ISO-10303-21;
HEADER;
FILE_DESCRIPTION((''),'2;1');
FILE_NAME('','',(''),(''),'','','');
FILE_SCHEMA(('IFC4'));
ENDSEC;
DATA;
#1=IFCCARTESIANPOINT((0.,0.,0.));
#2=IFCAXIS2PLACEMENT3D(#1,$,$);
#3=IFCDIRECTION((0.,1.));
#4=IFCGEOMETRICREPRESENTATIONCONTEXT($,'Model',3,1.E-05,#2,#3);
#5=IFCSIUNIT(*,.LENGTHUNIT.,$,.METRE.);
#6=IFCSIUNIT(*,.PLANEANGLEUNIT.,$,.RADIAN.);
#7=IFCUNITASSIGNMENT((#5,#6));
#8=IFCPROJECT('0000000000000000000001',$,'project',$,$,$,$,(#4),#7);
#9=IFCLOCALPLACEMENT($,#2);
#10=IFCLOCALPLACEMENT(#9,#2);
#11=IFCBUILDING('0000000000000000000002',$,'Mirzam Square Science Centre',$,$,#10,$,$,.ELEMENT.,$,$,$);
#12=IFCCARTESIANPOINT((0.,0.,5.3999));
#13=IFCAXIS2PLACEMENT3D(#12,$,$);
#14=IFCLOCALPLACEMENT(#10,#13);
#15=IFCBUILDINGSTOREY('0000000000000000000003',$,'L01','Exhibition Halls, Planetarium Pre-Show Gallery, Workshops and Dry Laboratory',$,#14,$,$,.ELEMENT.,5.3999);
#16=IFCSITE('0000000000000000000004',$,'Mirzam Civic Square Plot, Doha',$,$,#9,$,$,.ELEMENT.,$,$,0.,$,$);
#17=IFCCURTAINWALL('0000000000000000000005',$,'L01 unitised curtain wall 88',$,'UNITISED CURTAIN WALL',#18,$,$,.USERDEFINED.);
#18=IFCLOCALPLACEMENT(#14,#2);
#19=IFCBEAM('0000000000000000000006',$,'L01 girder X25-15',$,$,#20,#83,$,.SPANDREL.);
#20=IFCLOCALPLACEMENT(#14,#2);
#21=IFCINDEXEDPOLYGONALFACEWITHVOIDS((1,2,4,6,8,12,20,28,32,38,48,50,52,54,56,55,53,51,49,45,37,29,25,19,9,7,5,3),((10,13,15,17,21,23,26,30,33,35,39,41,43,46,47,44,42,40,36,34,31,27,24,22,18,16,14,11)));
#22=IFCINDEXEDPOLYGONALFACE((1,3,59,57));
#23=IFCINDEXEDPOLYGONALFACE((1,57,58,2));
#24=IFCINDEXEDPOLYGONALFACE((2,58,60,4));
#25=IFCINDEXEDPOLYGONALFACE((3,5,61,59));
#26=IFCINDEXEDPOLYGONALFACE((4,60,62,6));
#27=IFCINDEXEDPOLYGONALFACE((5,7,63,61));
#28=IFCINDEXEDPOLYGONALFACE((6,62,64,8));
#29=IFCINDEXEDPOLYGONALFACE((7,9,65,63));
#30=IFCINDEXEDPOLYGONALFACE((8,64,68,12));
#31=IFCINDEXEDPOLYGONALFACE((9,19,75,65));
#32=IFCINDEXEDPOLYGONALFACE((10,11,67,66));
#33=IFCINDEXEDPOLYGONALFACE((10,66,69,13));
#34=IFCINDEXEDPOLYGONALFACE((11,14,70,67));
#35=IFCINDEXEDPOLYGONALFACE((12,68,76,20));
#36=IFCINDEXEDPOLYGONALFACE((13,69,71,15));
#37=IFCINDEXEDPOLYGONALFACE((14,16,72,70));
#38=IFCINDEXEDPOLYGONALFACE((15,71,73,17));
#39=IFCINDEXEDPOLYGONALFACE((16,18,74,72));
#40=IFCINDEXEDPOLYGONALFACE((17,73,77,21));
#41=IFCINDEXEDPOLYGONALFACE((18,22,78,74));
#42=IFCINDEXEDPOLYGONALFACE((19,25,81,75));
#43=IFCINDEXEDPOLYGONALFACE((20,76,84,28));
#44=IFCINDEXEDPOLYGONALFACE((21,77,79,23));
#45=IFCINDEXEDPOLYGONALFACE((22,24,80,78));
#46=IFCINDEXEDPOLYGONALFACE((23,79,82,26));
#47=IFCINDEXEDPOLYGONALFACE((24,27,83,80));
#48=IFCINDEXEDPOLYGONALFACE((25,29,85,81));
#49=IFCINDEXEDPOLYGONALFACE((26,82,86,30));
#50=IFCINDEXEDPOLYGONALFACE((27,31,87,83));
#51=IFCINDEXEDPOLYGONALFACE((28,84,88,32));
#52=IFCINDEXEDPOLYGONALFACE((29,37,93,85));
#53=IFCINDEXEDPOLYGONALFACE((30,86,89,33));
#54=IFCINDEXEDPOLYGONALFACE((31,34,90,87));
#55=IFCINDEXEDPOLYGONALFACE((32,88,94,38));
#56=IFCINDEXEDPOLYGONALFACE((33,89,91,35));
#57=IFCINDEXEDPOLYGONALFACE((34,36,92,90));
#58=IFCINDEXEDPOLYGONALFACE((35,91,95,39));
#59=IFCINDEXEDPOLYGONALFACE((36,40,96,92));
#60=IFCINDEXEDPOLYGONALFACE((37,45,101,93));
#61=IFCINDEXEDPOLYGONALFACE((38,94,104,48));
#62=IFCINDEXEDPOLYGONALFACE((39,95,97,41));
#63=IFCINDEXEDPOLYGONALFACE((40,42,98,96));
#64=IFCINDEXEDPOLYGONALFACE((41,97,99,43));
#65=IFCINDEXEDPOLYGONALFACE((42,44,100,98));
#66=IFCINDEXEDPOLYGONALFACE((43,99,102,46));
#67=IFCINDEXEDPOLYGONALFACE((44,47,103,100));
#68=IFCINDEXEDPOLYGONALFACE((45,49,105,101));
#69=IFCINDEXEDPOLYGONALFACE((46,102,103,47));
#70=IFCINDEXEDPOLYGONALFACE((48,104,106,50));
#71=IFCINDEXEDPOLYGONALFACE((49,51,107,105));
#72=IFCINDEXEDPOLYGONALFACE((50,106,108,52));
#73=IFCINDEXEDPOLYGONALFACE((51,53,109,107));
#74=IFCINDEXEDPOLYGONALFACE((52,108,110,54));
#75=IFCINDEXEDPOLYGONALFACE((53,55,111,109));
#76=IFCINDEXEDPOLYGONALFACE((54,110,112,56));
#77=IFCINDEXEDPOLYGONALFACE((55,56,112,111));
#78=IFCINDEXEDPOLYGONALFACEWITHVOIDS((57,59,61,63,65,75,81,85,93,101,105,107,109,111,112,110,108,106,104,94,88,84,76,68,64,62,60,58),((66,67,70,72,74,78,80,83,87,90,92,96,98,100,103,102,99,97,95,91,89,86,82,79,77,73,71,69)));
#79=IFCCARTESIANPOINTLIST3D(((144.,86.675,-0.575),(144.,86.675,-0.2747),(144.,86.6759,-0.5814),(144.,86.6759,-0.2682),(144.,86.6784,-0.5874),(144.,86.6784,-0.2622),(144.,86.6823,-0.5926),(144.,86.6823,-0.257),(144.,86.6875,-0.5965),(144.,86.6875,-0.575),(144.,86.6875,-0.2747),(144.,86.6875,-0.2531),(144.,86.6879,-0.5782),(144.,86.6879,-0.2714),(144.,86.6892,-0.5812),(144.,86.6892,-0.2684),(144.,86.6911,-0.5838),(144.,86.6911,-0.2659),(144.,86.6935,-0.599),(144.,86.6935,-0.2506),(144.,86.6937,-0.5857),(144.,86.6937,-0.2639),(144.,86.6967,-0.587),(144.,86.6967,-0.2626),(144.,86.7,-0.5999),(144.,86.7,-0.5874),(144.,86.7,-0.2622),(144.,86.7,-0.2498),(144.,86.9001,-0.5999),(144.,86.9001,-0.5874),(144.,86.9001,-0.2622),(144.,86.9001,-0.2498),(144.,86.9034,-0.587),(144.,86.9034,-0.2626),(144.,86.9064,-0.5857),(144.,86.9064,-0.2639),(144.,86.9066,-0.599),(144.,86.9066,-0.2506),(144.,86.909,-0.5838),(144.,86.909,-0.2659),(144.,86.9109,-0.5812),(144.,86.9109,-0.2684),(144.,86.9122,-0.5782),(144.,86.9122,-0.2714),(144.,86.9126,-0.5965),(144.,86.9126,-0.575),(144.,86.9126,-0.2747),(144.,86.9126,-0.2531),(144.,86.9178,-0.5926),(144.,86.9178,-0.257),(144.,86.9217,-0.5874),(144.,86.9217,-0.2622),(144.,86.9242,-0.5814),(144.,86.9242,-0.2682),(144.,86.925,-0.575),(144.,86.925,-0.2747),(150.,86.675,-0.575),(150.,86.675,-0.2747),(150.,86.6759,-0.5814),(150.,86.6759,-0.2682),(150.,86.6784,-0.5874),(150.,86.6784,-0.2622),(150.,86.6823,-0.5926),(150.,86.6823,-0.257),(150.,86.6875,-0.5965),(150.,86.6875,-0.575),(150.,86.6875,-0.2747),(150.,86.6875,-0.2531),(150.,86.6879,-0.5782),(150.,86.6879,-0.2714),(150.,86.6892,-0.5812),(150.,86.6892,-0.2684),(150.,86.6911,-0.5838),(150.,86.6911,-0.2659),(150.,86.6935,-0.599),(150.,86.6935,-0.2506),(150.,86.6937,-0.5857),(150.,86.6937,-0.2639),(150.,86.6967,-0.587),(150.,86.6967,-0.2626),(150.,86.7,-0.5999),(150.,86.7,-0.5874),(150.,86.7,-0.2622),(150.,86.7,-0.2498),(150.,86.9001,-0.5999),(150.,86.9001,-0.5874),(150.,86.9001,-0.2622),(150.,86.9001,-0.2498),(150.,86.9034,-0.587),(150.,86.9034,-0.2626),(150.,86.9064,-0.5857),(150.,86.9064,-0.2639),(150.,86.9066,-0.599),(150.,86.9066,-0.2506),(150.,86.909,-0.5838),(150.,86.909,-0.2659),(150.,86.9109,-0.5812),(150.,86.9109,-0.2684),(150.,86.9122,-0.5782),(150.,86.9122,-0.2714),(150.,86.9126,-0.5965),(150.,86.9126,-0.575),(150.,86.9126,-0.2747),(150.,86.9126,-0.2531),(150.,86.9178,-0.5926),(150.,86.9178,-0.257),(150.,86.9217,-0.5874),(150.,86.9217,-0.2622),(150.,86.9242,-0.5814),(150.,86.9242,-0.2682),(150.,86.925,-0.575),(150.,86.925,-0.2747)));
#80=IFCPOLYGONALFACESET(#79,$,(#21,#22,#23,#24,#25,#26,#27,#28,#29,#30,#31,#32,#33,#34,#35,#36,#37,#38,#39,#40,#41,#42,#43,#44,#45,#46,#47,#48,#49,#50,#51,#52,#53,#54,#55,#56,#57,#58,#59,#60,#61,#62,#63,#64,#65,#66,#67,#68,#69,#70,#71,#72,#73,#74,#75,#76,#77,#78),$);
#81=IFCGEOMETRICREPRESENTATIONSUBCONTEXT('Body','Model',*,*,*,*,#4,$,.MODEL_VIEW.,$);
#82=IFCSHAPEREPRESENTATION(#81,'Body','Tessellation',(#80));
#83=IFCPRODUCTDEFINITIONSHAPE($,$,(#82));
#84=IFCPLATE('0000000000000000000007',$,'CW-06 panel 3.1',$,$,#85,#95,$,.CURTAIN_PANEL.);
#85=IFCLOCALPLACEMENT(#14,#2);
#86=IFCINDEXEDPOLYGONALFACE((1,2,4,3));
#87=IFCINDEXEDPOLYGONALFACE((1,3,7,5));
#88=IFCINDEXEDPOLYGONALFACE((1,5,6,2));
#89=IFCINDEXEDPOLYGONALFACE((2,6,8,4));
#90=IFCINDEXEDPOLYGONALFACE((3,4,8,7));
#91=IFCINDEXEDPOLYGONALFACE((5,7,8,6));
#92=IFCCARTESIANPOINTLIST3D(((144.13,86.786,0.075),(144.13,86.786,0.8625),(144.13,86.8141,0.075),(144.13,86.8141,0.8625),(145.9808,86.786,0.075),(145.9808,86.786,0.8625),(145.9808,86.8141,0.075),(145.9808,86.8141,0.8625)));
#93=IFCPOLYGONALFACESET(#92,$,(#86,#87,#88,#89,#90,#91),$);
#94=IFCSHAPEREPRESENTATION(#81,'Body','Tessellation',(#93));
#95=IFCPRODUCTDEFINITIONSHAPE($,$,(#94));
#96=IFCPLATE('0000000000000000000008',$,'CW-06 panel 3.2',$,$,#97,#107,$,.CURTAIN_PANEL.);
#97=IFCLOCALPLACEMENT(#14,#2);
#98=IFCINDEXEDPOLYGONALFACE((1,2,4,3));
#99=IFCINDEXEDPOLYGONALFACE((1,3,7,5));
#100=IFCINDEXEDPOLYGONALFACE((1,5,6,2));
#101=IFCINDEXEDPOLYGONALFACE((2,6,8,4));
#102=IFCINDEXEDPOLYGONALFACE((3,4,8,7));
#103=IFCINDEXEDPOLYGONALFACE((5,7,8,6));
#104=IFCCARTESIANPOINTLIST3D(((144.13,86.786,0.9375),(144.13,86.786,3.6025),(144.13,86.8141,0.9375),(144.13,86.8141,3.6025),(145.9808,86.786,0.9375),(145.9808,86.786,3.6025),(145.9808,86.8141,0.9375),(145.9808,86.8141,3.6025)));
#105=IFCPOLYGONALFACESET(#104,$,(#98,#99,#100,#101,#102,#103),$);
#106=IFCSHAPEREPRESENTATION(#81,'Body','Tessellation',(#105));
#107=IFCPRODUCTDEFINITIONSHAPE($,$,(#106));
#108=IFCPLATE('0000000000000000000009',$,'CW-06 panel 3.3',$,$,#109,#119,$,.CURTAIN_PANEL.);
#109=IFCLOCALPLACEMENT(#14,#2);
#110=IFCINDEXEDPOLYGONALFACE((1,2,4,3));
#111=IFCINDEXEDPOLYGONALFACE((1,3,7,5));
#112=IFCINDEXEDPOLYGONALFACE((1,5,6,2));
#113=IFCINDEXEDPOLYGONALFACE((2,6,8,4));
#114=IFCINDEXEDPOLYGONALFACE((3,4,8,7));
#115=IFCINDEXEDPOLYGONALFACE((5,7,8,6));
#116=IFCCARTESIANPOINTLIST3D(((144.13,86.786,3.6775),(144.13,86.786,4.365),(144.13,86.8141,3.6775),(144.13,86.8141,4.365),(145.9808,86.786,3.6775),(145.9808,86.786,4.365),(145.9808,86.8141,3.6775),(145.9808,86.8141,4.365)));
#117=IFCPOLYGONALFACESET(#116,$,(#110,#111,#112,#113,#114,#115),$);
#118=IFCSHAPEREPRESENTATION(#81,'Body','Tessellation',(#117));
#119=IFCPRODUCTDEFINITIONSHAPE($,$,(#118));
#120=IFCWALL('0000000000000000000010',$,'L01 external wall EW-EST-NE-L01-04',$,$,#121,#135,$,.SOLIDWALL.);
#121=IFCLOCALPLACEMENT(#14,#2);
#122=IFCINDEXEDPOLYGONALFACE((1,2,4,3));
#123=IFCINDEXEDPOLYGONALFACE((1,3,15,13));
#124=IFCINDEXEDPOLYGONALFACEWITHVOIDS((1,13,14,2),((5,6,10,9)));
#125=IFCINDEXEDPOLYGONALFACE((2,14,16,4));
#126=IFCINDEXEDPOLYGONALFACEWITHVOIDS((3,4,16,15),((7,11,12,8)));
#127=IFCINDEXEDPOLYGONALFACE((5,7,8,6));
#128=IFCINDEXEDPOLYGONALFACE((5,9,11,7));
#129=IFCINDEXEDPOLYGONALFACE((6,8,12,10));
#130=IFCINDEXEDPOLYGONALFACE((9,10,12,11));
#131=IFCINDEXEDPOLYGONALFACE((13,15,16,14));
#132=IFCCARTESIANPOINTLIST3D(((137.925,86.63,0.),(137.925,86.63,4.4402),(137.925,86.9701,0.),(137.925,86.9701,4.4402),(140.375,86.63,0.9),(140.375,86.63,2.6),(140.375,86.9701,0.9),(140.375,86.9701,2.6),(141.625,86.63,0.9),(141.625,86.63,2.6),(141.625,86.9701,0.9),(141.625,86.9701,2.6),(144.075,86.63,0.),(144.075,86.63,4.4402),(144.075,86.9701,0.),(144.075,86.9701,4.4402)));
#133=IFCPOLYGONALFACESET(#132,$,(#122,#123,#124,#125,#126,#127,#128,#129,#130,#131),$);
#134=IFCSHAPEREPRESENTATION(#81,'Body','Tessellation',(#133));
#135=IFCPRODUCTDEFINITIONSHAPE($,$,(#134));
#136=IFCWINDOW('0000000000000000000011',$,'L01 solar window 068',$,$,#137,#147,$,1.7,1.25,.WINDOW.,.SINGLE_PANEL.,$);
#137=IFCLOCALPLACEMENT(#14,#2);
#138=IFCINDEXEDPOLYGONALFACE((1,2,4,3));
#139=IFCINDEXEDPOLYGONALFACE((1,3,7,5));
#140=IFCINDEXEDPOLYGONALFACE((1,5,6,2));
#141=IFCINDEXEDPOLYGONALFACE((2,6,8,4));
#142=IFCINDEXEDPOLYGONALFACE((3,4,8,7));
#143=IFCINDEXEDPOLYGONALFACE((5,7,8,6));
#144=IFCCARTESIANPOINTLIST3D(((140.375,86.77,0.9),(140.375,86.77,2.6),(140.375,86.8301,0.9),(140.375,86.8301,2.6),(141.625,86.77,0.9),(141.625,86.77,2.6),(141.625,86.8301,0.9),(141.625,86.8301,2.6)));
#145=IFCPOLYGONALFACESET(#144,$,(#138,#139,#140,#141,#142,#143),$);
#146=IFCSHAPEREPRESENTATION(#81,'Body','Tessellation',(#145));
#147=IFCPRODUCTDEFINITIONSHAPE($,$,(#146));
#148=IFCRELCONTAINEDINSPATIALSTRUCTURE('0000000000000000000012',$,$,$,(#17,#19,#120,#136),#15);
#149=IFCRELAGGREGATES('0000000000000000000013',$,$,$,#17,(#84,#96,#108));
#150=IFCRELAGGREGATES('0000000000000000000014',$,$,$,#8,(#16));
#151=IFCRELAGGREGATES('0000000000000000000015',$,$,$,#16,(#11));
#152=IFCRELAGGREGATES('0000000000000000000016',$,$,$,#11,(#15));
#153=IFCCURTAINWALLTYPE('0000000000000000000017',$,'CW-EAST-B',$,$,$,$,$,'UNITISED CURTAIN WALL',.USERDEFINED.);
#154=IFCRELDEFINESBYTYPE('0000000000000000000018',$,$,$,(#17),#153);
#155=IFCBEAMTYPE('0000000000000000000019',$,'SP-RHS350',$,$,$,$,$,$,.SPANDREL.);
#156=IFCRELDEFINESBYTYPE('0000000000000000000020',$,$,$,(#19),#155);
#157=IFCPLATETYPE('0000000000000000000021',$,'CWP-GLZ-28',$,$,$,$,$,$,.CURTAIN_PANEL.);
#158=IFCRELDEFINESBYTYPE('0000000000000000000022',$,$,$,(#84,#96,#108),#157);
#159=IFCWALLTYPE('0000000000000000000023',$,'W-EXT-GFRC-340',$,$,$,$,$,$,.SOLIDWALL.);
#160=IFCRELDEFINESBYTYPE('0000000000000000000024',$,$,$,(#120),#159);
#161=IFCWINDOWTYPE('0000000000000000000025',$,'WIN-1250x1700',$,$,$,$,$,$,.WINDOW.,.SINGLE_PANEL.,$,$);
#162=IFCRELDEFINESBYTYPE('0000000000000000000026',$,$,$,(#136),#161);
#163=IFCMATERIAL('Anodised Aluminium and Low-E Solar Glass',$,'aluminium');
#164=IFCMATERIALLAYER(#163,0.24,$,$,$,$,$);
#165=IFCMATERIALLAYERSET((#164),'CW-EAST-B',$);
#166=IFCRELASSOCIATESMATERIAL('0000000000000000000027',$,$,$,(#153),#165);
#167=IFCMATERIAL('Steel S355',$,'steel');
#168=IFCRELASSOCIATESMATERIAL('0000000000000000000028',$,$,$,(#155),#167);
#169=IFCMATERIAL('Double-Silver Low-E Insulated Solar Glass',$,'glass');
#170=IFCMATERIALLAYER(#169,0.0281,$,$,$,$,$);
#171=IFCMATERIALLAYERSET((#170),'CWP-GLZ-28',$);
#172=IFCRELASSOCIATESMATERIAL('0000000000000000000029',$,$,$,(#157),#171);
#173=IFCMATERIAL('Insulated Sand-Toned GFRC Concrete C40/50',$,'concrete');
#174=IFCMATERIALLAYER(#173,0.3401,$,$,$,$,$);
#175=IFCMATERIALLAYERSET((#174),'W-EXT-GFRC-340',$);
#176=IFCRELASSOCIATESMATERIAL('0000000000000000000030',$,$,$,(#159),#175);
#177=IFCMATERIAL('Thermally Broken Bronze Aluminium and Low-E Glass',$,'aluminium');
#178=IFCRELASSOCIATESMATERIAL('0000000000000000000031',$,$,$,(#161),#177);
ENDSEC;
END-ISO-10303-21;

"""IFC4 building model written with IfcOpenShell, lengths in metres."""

from ifc_helpers import new_model, si_unit, direction, frame, frame_2d, origin, origin_2d, place, context, subcontext, project, spatial, rectangle, hollow_rectangle, extrude, material, layer, layer_set, material_profile, profile_set, type_object, element, fill, aggregate, save


model = new_model("IFC4")

# Units and contexts
model_context = context("Model", 3, precision=1e-05, world=origin(), true_north=direction((0.0, 1.0)))
body_context = subcontext(model_context, "Body", "Model", "MODEL_VIEW")
ifc_project = project(units=[si_unit("LENGTHUNIT", "METRE"), si_unit("PLANEANGLEUNIT", "RADIAN")], contexts=[model_context])

# Site, building, storey
site_placement = place(None, origin())
site = spatial("IfcSite", under=ifc_project, at=site_placement, Name="Mirzam Civic Square Plot, Doha", CompositionType="ELEMENT", RefElevation=0.0)
building_placement = place(site_placement, origin())
building = spatial("IfcBuilding", under=site, at=building_placement, Name="Mirzam Square Science Centre", CompositionType="ELEMENT")
storey_placement = place(building_placement, frame((0.0, 0.0, 5.3999)))
storey = spatial("IfcBuildingStorey", under=building, at=storey_placement, Name="L01", Description="Exhibition Halls, Planetarium Pre-Show Gallery, Workshops and Dry Laboratory", CompositionType="ELEMENT", Elevation=5.3999)

# Shared definitions
ifc_material_1 = material(Name="Steel S355", Category="steel")

# Curtain wall
ifc_material_2 = material(Name="Anodised Aluminium and Low-E Solar Glass", Category="aluminium")
ifc_layer_1 = layer(ifc_material_2, 0.24)
ifc_layer_set_1 = layer_set([ifc_layer_1], Name="CW-EAST-B")
curtain_wall_type = type_object("IfcCurtainWallType", Name="CW-EAST-B", ElementType="UNITISED CURTAIN WALL", PredefinedType="USERDEFINED", material=ifc_layer_set_1)
curtain_wall_placement = place(storey_placement, origin())
curtain_wall = element("IfcCurtainWall", 1, at=curtain_wall_placement, inside=storey, type_object=curtain_wall_type, Name="L01 unitised curtain wall 88", ObjectType="UNITISED CURTAIN WALL", PredefinedType="USERDEFINED")

# Beam
ifc_material_profile_1 = material_profile(ifc_material_1, hollow_rectangle(XDim=0.25, YDim=0.3501, WallThickness=0.0125, InnerFilletRadius=0.0125, OuterFilletRadius=0.0249, at=origin_2d()), Name="350x250x12.5RHS")
ifc_profile_set_1 = profile_set([ifc_material_profile_1], Name="Steel S355")
beam_type_1 = type_object("IfcBeamType", Name="SP-RHS350", PredefinedType="SPANDREL", material=ifc_profile_set_1)
beam_1_placement = place(storey_placement, frame((144.0, 86.8, -0.4248), z_axis=(1.0, 0.0, 0.0), x_axis=(0.0, 1.0, 0.0)))
element("IfcBeam", 2, at=beam_1_placement, inside=storey, type_object=beam_type_1, Name="L01 girder X25-15", PredefinedType="SPANDREL", context=body_context, shape_type="SweptSolid", body=[
    extrude(hollow_rectangle(XDim=0.25, YDim=0.3501, WallThickness=0.0125, InnerFilletRadius=0.0125, OuterFilletRadius=0.0249, at=origin_2d()), origin(), (0.0, 0.0, 1.0), 6.0),
])

# Plates
ifc_material_3 = material(Name="Double-Silver Low-E Insulated Solar Glass", Category="glass")
ifc_layer_2 = layer(ifc_material_3, 0.0281)
ifc_layer_set_2 = layer_set([ifc_layer_2], Name="CWP-GLZ-28")
plate_type = type_object("IfcPlateType", Name="CWP-GLZ-28", PredefinedType="CURTAIN_PANEL", material=ifc_layer_set_2)
plate_1_placement = place(storey_placement, frame((145.0554, 86.8, 0.075), z_axis=(0.0, 0.0, 1.0), x_axis=(-1.0, 0.0, 0.0)))
plate_1 = element("IfcPlate", 3, at=plate_1_placement, type_object=plate_type, Name="CW-06 panel 3.1", PredefinedType="CURTAIN_PANEL", context=body_context, shape_type="SweptSolid", body=[
    extrude(rectangle(XDim=1.8508, YDim=0.0281, at=origin_2d()), origin(), (0.0, 0.0, 1.0), 0.7876),
])
plate_2_placement = place(storey_placement, frame((145.0554, 86.8, 0.9375), z_axis=(0.0, 0.0, 1.0), x_axis=(-1.0, 0.0, 0.0)))
plate_2 = element("IfcPlate", 4, at=plate_2_placement, type_object=plate_type, Name="CW-06 panel 3.2", PredefinedType="CURTAIN_PANEL", context=body_context, shape_type="SweptSolid", body=[
    extrude(rectangle(XDim=1.8508, YDim=0.0281, at=origin_2d()), origin(), (0.0, 0.0, 1.0), 2.665),
])
plate_3_placement = place(storey_placement, frame((145.0554, 86.8, 3.6775), z_axis=(0.0, 0.0, 1.0), x_axis=(-1.0, 0.0, 0.0)))
plate_3 = element("IfcPlate", 5, at=plate_3_placement, type_object=plate_type, Name="CW-06 panel 3.3", PredefinedType="CURTAIN_PANEL", context=body_context, shape_type="SweptSolid", body=[
    extrude(rectangle(XDim=1.8508, YDim=0.0281, at=origin_2d()), origin(), (0.0, 0.0, 1.0), 0.6875),
])
aggregate(curtain_wall, [plate_1, plate_2, plate_3])

# Wall, opening, window
ifc_material_4 = material(Name="Insulated Sand-Toned GFRC Concrete C40/50", Category="concrete")
ifc_layer_3 = layer(ifc_material_4, 0.3401)
ifc_layer_set_3 = layer_set([ifc_layer_3], Name="W-EXT-GFRC-340")
wall_type = type_object("IfcWallType", Name="W-EXT-GFRC-340", PredefinedType="SOLIDWALL", material=ifc_layer_set_3)
wall_placement = place(storey_placement, frame((144.075, 86.8, 0.0), z_axis=(0.0, 0.0, 1.0), x_axis=(-1.0, 0.0, 0.0)))
wall = element("IfcWall", 6, at=wall_placement, inside=storey, type_object=wall_type, Name="L01 external wall EW-EST-NE-L01-04", PredefinedType="SOLIDWALL", context=body_context, shape_type="SweptSolid", body=[
    extrude(rectangle(XDim=6.1499, YDim=0.3401, at=frame_2d((3.075, 0.0))), origin(), (0.0, 0.0, 1.0), 4.4402),
])
opening_placement = place(wall_placement, frame((2.45, 0.0, 0.8999)))
opening = element("IfcOpeningElement", 7, at=opening_placement, cuts=wall, PredefinedType="OPENING", context=body_context, shape_type="SweptSolid", body=[
    extrude(rectangle(XDim=1.25, YDim=1.7, at=frame_2d((0.625, 0.8501))), frame((0.0, 0.1799, 0.0), z_axis=(0.0, -1.0, 0.0), x_axis=(1.0, 0.0, 0.0)), (0.0, 0.0, 1.0), 0.3601),
])
ifc_material_5 = material(Name="Thermally Broken Bronze Aluminium and Low-E Glass", Category="aluminium")
window_type = type_object("IfcWindowType", Name="WIN-1250x1700", PartitioningType="SINGLE_PANEL", PredefinedType="WINDOW", material=ifc_material_5)
window_placement = place(opening_placement, origin())
window = element("IfcWindow", 8, at=window_placement, inside=storey, type_object=window_type, Name="L01 solar window 068", OverallHeight=1.7, OverallWidth=1.25, PartitioningType="SINGLE_PANEL", PredefinedType="WINDOW", context=body_context, shape_type="SweptSolid", body=[
    extrude(rectangle(XDim=1.25, YDim=1.7, at=frame_2d((0.625, 0.8501))), frame((0.0, 0.03, 0.0), z_axis=(0.0, -1.0, 0.0), x_axis=(1.0, 0.0, 0.0)), (0.0, 0.0, 1.0), 0.0601),
])
fill(opening, window)

save(model, "model.ifc")
